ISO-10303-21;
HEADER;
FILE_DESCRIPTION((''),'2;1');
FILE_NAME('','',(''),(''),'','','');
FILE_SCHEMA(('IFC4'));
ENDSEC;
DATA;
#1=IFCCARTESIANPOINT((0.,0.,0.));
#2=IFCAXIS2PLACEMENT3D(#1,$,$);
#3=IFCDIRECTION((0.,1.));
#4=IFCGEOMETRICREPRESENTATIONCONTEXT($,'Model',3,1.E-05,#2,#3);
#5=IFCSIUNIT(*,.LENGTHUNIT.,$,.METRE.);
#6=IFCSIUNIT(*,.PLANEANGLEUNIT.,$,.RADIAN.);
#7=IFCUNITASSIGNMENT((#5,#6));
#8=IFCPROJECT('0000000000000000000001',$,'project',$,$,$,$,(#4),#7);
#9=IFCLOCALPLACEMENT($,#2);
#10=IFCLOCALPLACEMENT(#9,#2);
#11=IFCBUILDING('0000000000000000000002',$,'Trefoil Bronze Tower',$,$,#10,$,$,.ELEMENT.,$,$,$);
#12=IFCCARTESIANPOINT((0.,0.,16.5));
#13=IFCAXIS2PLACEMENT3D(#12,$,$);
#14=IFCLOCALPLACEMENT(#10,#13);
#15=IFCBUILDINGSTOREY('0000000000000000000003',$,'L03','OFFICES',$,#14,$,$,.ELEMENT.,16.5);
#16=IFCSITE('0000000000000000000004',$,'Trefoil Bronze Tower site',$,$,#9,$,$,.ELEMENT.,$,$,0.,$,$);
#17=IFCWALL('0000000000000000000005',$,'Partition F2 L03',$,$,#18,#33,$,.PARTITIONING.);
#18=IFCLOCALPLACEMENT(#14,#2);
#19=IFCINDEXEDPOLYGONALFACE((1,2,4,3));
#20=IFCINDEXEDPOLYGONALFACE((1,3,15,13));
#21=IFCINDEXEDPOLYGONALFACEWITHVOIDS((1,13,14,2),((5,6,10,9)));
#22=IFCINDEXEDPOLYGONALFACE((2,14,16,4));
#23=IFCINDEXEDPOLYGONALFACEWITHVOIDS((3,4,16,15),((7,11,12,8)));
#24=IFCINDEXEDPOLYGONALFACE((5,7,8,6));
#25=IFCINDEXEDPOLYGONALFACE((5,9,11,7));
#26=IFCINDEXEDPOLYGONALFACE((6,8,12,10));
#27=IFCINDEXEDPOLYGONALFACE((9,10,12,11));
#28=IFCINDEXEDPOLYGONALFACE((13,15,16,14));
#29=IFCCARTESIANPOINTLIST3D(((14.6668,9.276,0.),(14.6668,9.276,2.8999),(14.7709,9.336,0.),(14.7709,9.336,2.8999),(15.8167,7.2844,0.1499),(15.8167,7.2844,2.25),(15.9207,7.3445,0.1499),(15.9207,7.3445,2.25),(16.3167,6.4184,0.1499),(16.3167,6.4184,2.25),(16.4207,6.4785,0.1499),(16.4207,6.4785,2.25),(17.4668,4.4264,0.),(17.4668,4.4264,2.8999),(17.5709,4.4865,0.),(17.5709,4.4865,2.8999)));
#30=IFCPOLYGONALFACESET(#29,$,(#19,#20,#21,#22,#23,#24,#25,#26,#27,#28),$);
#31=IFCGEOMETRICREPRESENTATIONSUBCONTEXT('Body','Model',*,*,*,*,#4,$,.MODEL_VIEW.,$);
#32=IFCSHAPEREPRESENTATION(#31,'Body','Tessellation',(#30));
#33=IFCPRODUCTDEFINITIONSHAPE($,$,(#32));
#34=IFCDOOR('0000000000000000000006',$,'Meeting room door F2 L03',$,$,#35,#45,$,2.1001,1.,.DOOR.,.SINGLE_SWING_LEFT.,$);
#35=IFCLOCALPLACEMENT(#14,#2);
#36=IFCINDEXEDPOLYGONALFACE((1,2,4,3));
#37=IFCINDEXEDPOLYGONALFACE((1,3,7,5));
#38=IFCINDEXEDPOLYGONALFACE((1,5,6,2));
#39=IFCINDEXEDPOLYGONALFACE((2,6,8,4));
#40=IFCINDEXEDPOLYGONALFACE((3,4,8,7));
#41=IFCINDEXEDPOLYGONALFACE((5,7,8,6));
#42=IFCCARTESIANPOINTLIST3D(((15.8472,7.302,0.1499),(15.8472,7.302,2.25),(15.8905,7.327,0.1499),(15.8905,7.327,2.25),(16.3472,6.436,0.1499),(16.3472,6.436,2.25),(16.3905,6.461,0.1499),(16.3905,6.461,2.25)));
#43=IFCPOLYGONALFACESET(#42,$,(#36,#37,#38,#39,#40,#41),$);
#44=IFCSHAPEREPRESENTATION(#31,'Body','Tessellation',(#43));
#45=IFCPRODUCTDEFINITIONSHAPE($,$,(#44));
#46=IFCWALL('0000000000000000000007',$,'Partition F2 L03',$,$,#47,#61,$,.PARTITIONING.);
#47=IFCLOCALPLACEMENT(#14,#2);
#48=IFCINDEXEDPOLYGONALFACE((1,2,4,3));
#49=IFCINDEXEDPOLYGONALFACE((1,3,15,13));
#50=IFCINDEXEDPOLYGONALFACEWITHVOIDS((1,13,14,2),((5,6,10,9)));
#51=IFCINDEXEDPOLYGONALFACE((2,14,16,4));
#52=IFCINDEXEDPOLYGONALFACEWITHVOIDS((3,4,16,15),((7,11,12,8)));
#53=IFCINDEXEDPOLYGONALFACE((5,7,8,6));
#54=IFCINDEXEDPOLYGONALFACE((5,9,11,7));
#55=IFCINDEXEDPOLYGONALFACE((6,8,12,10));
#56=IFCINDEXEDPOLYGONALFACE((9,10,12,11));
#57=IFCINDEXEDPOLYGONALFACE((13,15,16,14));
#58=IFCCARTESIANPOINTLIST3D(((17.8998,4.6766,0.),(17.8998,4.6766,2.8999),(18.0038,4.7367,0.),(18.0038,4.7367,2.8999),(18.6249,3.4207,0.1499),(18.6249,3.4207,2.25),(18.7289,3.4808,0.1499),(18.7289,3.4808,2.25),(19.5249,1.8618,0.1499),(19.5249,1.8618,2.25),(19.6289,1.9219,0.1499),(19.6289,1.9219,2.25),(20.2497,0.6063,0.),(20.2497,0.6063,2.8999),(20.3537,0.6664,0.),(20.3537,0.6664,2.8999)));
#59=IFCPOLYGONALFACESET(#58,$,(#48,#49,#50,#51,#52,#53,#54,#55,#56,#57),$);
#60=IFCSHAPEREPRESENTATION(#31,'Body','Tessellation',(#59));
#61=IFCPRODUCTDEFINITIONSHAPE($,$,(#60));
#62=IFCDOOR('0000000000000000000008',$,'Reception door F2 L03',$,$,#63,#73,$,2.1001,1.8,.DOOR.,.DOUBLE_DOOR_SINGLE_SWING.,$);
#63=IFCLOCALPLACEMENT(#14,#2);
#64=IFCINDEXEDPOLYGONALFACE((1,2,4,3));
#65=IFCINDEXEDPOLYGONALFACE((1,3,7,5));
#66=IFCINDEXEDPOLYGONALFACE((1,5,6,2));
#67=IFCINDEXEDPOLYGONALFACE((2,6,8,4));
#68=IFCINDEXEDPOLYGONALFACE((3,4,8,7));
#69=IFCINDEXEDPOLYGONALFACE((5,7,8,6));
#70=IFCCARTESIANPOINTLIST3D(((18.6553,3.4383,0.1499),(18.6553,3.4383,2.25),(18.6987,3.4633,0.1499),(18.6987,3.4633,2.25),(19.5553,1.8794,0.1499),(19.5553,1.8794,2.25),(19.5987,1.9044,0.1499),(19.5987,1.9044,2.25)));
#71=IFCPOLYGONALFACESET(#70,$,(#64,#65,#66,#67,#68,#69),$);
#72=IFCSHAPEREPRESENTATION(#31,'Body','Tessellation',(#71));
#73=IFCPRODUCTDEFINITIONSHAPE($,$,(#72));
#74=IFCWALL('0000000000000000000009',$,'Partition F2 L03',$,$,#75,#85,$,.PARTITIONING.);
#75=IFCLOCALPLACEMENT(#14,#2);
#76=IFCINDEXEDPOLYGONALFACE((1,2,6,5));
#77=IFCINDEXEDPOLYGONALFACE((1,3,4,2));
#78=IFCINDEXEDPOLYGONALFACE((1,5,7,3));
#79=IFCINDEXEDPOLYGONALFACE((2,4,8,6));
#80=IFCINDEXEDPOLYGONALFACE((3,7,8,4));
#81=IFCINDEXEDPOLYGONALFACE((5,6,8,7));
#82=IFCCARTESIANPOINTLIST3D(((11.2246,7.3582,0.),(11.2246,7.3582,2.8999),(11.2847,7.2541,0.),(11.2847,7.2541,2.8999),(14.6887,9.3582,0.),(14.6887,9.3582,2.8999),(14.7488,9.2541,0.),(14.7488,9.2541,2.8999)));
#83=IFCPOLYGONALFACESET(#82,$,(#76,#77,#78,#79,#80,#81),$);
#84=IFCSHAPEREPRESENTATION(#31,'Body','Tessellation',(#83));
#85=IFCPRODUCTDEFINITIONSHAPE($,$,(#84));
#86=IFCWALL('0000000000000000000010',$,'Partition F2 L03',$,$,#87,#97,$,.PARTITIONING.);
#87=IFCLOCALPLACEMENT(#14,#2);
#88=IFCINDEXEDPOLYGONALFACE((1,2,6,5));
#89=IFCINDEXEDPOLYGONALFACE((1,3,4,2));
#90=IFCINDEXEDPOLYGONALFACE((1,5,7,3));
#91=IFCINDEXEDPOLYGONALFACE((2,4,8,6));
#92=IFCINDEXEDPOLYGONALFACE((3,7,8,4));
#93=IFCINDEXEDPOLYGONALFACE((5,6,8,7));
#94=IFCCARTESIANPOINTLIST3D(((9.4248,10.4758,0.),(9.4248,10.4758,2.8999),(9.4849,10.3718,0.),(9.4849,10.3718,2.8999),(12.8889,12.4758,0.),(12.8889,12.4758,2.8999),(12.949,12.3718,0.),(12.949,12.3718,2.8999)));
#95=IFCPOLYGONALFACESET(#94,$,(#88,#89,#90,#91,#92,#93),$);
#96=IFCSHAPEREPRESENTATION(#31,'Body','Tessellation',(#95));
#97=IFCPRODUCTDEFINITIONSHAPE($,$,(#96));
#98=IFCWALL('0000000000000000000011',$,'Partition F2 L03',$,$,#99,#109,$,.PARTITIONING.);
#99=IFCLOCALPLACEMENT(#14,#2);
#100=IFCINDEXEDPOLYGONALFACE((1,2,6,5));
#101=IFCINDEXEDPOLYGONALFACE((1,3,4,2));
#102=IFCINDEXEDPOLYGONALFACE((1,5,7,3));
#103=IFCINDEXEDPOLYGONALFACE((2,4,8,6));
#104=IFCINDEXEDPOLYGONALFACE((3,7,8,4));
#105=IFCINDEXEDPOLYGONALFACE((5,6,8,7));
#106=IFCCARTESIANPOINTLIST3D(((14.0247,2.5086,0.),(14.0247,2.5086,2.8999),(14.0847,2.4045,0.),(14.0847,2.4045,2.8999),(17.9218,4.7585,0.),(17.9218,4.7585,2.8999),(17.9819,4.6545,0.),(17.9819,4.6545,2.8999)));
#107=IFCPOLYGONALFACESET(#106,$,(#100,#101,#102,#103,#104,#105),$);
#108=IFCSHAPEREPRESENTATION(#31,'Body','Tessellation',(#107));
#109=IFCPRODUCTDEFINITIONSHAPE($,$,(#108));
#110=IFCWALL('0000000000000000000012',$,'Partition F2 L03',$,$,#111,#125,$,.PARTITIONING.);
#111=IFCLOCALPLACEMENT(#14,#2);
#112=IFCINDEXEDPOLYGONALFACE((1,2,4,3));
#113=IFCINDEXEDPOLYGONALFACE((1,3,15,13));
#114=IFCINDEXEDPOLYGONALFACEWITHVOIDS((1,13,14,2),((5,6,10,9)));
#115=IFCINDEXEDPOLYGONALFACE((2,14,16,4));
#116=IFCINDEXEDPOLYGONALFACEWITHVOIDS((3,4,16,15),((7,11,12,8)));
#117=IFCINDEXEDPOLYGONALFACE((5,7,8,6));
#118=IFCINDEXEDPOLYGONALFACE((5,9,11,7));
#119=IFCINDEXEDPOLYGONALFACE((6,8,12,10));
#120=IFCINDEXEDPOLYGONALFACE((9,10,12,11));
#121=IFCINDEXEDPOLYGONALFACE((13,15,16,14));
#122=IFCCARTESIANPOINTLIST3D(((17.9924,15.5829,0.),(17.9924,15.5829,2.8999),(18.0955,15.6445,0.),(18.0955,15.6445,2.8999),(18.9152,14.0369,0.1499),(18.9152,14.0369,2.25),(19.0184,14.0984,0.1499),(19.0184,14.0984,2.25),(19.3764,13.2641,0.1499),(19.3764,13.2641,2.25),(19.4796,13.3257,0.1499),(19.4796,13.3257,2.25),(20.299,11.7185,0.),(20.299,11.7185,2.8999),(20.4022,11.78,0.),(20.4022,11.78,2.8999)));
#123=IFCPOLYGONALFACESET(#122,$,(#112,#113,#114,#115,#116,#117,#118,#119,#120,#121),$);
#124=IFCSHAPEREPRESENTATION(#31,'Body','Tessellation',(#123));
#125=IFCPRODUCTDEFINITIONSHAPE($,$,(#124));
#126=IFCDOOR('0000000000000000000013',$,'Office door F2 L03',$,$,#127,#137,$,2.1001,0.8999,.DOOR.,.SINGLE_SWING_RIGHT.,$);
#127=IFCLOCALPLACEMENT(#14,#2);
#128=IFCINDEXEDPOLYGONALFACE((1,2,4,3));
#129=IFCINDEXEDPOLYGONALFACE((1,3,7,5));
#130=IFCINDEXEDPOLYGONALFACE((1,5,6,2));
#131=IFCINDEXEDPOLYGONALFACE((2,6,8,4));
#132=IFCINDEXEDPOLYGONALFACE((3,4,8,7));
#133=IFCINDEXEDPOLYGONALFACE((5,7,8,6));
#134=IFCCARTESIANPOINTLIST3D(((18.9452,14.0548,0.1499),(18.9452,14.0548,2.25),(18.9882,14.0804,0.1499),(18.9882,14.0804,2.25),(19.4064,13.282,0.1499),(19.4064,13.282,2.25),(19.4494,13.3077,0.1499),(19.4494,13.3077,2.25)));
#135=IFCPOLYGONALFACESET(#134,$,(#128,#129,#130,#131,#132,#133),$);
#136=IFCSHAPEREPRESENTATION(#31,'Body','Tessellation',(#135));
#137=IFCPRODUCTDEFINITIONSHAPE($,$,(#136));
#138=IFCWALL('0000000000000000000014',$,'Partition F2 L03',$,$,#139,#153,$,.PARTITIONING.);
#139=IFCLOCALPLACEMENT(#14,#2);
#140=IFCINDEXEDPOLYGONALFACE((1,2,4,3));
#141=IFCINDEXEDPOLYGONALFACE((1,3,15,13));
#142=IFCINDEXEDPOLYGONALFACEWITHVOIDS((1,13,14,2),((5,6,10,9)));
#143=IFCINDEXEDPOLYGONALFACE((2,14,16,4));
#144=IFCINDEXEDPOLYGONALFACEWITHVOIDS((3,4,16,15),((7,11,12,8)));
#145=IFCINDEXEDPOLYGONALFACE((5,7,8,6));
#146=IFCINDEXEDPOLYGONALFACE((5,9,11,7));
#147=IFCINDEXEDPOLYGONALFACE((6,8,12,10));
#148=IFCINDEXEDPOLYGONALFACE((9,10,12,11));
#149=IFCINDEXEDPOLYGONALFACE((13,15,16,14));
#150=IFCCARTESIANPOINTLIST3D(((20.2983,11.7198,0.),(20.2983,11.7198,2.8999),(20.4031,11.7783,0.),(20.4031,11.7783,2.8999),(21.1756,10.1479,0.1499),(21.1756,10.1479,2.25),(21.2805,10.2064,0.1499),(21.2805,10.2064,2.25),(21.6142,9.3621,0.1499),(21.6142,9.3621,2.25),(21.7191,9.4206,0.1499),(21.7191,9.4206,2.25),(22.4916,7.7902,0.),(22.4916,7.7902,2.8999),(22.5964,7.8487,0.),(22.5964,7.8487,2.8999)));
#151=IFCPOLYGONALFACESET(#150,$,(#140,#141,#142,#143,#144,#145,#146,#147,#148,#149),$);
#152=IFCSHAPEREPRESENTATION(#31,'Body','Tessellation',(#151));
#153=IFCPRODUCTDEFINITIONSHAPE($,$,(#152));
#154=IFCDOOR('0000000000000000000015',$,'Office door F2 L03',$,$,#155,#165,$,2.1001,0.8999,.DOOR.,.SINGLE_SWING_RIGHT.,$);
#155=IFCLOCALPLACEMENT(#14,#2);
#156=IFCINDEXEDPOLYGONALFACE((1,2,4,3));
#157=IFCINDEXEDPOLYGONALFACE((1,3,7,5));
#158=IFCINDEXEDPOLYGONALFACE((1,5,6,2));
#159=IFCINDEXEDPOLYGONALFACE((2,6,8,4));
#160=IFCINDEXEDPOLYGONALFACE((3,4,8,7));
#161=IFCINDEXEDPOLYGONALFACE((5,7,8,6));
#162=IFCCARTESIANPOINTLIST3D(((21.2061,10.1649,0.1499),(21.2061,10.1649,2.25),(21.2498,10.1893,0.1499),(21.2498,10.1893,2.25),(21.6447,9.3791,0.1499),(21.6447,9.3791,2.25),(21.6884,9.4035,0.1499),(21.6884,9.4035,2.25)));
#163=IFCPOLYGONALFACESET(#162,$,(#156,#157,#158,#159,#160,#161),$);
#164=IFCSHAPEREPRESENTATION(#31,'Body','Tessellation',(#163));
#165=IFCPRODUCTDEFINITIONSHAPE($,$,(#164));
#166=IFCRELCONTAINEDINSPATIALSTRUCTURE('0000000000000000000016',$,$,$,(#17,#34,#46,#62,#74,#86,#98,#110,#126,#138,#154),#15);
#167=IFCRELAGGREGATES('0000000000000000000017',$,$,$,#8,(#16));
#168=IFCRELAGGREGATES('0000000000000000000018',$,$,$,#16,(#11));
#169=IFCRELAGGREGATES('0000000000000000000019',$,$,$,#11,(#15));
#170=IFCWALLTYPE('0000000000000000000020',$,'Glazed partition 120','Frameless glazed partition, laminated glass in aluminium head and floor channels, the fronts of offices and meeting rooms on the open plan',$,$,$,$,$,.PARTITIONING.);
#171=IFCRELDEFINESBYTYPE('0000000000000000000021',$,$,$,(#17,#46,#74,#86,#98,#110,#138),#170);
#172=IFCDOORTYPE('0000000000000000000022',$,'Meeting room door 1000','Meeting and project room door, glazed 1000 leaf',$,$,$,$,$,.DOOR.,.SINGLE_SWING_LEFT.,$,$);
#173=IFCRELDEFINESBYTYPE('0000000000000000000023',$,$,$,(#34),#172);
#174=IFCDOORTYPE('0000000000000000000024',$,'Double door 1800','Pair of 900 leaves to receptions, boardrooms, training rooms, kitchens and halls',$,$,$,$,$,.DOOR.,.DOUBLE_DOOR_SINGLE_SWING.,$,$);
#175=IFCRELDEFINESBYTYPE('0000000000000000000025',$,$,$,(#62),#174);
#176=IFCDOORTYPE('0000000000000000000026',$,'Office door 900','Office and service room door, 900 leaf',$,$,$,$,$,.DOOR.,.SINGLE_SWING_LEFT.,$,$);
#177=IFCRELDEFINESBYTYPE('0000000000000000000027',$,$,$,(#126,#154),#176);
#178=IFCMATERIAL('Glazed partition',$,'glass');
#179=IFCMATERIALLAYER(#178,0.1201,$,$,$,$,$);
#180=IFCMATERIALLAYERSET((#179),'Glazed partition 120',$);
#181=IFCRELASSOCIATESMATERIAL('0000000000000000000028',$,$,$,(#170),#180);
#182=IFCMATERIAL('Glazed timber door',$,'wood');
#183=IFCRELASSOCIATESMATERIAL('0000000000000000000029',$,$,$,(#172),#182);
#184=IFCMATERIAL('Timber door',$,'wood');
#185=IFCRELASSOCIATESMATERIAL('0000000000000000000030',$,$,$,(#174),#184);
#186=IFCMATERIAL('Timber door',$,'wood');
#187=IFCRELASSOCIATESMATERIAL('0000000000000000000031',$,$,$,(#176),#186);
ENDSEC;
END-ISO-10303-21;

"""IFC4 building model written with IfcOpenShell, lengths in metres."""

from ifc_helpers import new_model, si_unit, direction, frame, frame_2d, origin, place, context, subcontext, project, spatial, rectangle, extrude, material, layer, layer_set, type_object, element, fill, save


model = new_model("IFC4")

# Units and contexts
model_context = context("Model", 3, precision=1e-05, world=origin(), true_north=direction((0.0, 1.0)))
body_context = subcontext(model_context, "Body", "Model", "MODEL_VIEW")
ifc_project = project(units=[si_unit("LENGTHUNIT", "METRE"), si_unit("PLANEANGLEUNIT", "RADIAN")], contexts=[model_context])

# Site, building, storey
site_placement = place(None, origin())
site = spatial("IfcSite", under=ifc_project, at=site_placement, Name="Trefoil Bronze Tower site", CompositionType="ELEMENT", RefElevation=0.0)
building_placement = place(site_placement, origin())
building = spatial("IfcBuilding", under=site, at=building_placement, Name="Trefoil Bronze Tower", CompositionType="ELEMENT")
storey_placement = place(building_placement, frame((0.0, 0.0, 16.5)))
storey = spatial("IfcBuildingStorey", under=building, at=storey_placement, Name="L03", Description="OFFICES", CompositionType="ELEMENT", Elevation=16.5)

# Walls, openings, doors
ifc_material_1 = material(Name="Glazed partition", Category="glass")
ifc_layer_1 = layer(ifc_material_1, 0.1201)
ifc_layer_set_1 = layer_set([ifc_layer_1], Name="Glazed partition 120")
wall_type_1 = type_object("IfcWallType", Name="Glazed partition 120", Description="Frameless glazed partition, laminated glass in aluminium head and floor channels, the fronts of offices and meeting rooms on the open plan", PredefinedType="PARTITIONING", material=ifc_layer_set_1)
ifc_material_2 = material(Name="Glazed timber door", Category="wood")
door_type_1 = type_object("IfcDoorType", Name="Meeting room door 1000", Description="Meeting and project room door, glazed 1000 leaf", OperationType="SINGLE_SWING_LEFT", PredefinedType="DOOR", material=ifc_material_2)
wall_1_placement = place(storey_placement, frame((17.5188, 4.4565, 0.0), z_axis=(0.0, 0.0, 1.0), x_axis=(-0.500017, 0.866016, 0.0)))
wall_1 = element("IfcWall", 1, at=wall_1_placement, inside=storey, type_object=wall_type_1, Name="Partition F2 L03", PredefinedType="PARTITIONING", context=body_context, shape_type="SweptSolid", body=[
    extrude(rectangle(XDim=5.5999, YDim=0.1201, at=frame_2d((2.7998, 0.0))), origin(), (0.0, 0.0, 1.0), 2.8999),
])
opening_1_placement = place(wall_1_placement, frame((2.3, 0.0, 0.1499)))
opening_1 = element("IfcOpeningElement", 2, at=opening_1_placement, cuts=wall_1, PredefinedType="OPENING", context=body_context, shape_type="SweptSolid", body=[
    extrude(rectangle(XDim=1.0, YDim=2.1001, at=frame_2d((0.5, 1.05))), frame((0.0, 0.0701, 0.0), z_axis=(0.0, -1.0, 0.0), x_axis=(1.0, 0.0, 0.0)), (0.0, 0.0, 1.0), 0.1401),
])
door_1_placement = place(opening_1_placement, origin())
door_1 = element("IfcDoor", 3, at=door_1_placement, inside=storey, type_object=door_type_1, Name="Meeting room door F2 L03", OperationType="SINGLE_SWING_LEFT", OverallHeight=2.1001, OverallWidth=1.0, PredefinedType="DOOR", context=body_context, shape_type="SweptSolid", body=[
    extrude(rectangle(XDim=1.0, YDim=2.1001, at=frame_2d((0.5, 1.05))), frame((0.0, 0.0249, 0.0), z_axis=(0.0, -1.0, 0.0), x_axis=(1.0, 0.0, 0.0)), (0.0, 0.0, 1.0), 0.05),
])
fill(opening_1, door_1)
wall_2_placement = place(storey_placement, frame((20.3018, 0.6362, 0.0), z_axis=(0.0, 0.0, 1.0), x_axis=(-0.499977, 0.866039, 0.0)))
wall_2 = element("IfcWall", 4, at=wall_2_placement, inside=storey, type_object=wall_type_1, Name="Partition F2 L03", PredefinedType="PARTITIONING", context=body_context, shape_type="SweptSolid", body=[
    extrude(rectangle(XDim=4.7, YDim=0.1201, at=frame_2d((2.3501, 0.0))), origin(), (0.0, 0.0, 1.0), 2.8999),
])
opening_2_placement = place(wall_2_placement, frame((1.45, 0.0, 0.1499)))
opening_2 = element("IfcOpeningElement", 5, at=opening_2_placement, cuts=wall_2, PredefinedType="OPENING", context=body_context, shape_type="SweptSolid", body=[
    extrude(rectangle(XDim=1.8, YDim=2.1001, at=frame_2d((0.8999, 1.05))), frame((0.0, 0.0701, 0.0), z_axis=(0.0, -1.0, 0.0), x_axis=(1.0, 0.0, 0.0)), (0.0, 0.0, 1.0), 0.1401),
])
ifc_material_3 = material(Name="Timber door", Category="wood")
door_type_2 = type_object("IfcDoorType", Name="Double door 1800", Description="Pair of 900 leaves to receptions, boardrooms, training rooms, kitchens and halls", OperationType="DOUBLE_DOOR_SINGLE_SWING", PredefinedType="DOOR", material=ifc_material_3)
door_2_placement = place(opening_2_placement, origin())
door_2 = element("IfcDoor", 6, at=door_2_placement, inside=storey, type_object=door_type_2, Name="Reception door F2 L03", OperationType="DOUBLE_DOOR_SINGLE_SWING", OverallHeight=2.1001, OverallWidth=1.8, PredefinedType="DOOR", context=body_context, shape_type="SweptSolid", body=[
    extrude(rectangle(XDim=1.8, YDim=2.1001, at=frame_2d((0.8999, 1.05))), frame((0.0, 0.0249, 0.0), z_axis=(0.0, -1.0, 0.0), x_axis=(1.0, 0.0, 0.0)), (0.0, 0.0, 1.0), 0.05),
])
fill(opening_2, door_2)

# Walls
for number, where, z_axis, x_axis, name in (
    (7, (11.2546, 7.3062, 0.0), (0.0, 0.0, 1.0), (0.866026, 0.499999, 0.0), "Partition F2 L03"),
    (8, (9.4548, 10.4238, 0.0), (0.0, 0.0, 1.0), (0.866026, 0.499999, 0.0), "Partition F2 L03"),
):
    element("IfcWall", number, at=place(storey_placement, frame(where, z_axis=z_axis, x_axis=x_axis)), inside=storey, type_object=wall_type_1, Name=name, PredefinedType="PARTITIONING", context=body_context, shape_type="SweptSolid", body=[
        extrude(rectangle(XDim=4.0, YDim=0.1201, at=frame_2d((2.0, 0.0))), origin(), (0.0, 0.0, 1.0), 2.8999),
    ])
wall_3_placement = place(storey_placement, frame((14.0547, 2.4565, 0.0), z_axis=(0.0, 0.0, 1.0), x_axis=(0.866031, 0.49999, 0.0)))
element("IfcWall", 9, at=wall_3_placement, inside=storey, type_object=wall_type_1, Name="Partition F2 L03", PredefinedType="PARTITIONING", context=body_context, shape_type="SweptSolid", body=[
    extrude(rectangle(XDim=4.5, YDim=0.1201, at=frame_2d((2.25, 0.0))), origin(), (0.0, 0.0, 1.0), 2.8999),
])

# Walls, openings, doors
wall_4_placement = place(storey_placement, frame((20.3506, 11.7493, 0.0), z_axis=(0.0, 0.0, 1.0), x_axis=(-0.512524, 0.858673, 0.0)))
wall_4 = element("IfcWall", 10, at=wall_4_placement, inside=storey, type_object=wall_type_1, Name="Partition F2 L03", PredefinedType="PARTITIONING", context=body_context, shape_type="SweptSolid", body=[
    extrude(rectangle(XDim=4.5005, YDim=0.1201, at=frame_2d((2.2502, 0.0))), origin(), (0.0, 0.0, 1.0), 2.8999),
])
opening_3_placement = place(wall_4_placement, frame((1.8, 0.0, 0.1499)))
opening_3 = element("IfcOpeningElement", 11, at=opening_3_placement, cuts=wall_4, PredefinedType="OPENING", context=body_context, shape_type="SweptSolid", body=[
    extrude(rectangle(XDim=0.8999, YDim=2.1001, at=frame_2d((0.45, 1.05))), frame((0.0, 0.0701, 0.0), z_axis=(0.0, -1.0, 0.0), x_axis=(1.0, 0.0, 0.0)), (0.0, 0.0, 1.0), 0.1401),
])
ifc_material_4 = material(Name="Timber door", Category="wood")
door_type_3 = type_object("IfcDoorType", Name="Office door 900", Description="Office and service room door, 900 leaf", OperationType="SINGLE_SWING_LEFT", PredefinedType="DOOR", material=ifc_material_4)
door_3_placement = place(opening_3_placement, frame((0.8999, 0.0, 0.0), z_axis=(0.0, 0.0, 1.0), x_axis=(-1.0, 0.0, 0.0)))
door_3 = element("IfcDoor", 12, at=door_3_placement, inside=storey, type_object=door_type_3, Name="Office door F2 L03", OperationType="SINGLE_SWING_RIGHT", OverallHeight=2.1001, OverallWidth=0.8999, PredefinedType="DOOR", context=body_context, shape_type="SweptSolid", body=[
    extrude(rectangle(XDim=0.8999, YDim=2.1001, at=frame_2d((0.45, 1.05))), frame((0.0, 0.0249, 0.0), z_axis=(0.0, -1.0, 0.0), x_axis=(1.0, 0.0, 0.0)), (0.0, 0.0, 1.0), 0.05),
])
fill(opening_3, door_3)
wall_5_placement = place(storey_placement, frame((22.5439, 7.8196, 0.0), z_axis=(0.0, 0.0, 1.0), x_axis=(-0.487374, 0.873193, 0.0)))
wall_5 = element("IfcWall", 13, at=wall_5_placement, inside=storey, type_object=wall_type_1, Name="Partition F2 L03", PredefinedType="PARTITIONING", context=body_context, shape_type="SweptSolid", body=[
    extrude(rectangle(XDim=4.5002, YDim=0.1201, at=frame_2d((2.25, 0.0))), origin(), (0.0, 0.0, 1.0), 2.8999),
])
opening_4_placement = place(wall_5_placement, frame((1.8, 0.0, 0.1499)))
opening_4 = element("IfcOpeningElement", 14, at=opening_4_placement, cuts=wall_5, PredefinedType="OPENING", context=body_context, shape_type="SweptSolid", body=[
    extrude(rectangle(XDim=0.8999, YDim=2.1001, at=frame_2d((0.45, 1.05))), frame((0.0, 0.0701, 0.0), z_axis=(0.0, -1.0, 0.0), x_axis=(1.0, 0.0, 0.0)), (0.0, 0.0, 1.0), 0.1401),
])
door_4_placement = place(opening_4_placement, frame((0.8999, 0.0, 0.0), z_axis=(0.0, 0.0, 1.0), x_axis=(-1.0, 0.0, 0.0)))
door_4 = element("IfcDoor", 15, at=door_4_placement, inside=storey, type_object=door_type_3, Name="Office door F2 L03", OperationType="SINGLE_SWING_RIGHT", OverallHeight=2.1001, OverallWidth=0.8999, PredefinedType="DOOR", context=body_context, shape_type="SweptSolid", body=[
    extrude(rectangle(XDim=0.8999, YDim=2.1001, at=frame_2d((0.45, 1.05))), frame((0.0, 0.0249, 0.0), z_axis=(0.0, -1.0, 0.0), x_axis=(1.0, 0.0, 0.0)), (0.0, 0.0, 1.0), 0.05),
])
fill(opening_4, door_4)

save(model, "model.ifc")
